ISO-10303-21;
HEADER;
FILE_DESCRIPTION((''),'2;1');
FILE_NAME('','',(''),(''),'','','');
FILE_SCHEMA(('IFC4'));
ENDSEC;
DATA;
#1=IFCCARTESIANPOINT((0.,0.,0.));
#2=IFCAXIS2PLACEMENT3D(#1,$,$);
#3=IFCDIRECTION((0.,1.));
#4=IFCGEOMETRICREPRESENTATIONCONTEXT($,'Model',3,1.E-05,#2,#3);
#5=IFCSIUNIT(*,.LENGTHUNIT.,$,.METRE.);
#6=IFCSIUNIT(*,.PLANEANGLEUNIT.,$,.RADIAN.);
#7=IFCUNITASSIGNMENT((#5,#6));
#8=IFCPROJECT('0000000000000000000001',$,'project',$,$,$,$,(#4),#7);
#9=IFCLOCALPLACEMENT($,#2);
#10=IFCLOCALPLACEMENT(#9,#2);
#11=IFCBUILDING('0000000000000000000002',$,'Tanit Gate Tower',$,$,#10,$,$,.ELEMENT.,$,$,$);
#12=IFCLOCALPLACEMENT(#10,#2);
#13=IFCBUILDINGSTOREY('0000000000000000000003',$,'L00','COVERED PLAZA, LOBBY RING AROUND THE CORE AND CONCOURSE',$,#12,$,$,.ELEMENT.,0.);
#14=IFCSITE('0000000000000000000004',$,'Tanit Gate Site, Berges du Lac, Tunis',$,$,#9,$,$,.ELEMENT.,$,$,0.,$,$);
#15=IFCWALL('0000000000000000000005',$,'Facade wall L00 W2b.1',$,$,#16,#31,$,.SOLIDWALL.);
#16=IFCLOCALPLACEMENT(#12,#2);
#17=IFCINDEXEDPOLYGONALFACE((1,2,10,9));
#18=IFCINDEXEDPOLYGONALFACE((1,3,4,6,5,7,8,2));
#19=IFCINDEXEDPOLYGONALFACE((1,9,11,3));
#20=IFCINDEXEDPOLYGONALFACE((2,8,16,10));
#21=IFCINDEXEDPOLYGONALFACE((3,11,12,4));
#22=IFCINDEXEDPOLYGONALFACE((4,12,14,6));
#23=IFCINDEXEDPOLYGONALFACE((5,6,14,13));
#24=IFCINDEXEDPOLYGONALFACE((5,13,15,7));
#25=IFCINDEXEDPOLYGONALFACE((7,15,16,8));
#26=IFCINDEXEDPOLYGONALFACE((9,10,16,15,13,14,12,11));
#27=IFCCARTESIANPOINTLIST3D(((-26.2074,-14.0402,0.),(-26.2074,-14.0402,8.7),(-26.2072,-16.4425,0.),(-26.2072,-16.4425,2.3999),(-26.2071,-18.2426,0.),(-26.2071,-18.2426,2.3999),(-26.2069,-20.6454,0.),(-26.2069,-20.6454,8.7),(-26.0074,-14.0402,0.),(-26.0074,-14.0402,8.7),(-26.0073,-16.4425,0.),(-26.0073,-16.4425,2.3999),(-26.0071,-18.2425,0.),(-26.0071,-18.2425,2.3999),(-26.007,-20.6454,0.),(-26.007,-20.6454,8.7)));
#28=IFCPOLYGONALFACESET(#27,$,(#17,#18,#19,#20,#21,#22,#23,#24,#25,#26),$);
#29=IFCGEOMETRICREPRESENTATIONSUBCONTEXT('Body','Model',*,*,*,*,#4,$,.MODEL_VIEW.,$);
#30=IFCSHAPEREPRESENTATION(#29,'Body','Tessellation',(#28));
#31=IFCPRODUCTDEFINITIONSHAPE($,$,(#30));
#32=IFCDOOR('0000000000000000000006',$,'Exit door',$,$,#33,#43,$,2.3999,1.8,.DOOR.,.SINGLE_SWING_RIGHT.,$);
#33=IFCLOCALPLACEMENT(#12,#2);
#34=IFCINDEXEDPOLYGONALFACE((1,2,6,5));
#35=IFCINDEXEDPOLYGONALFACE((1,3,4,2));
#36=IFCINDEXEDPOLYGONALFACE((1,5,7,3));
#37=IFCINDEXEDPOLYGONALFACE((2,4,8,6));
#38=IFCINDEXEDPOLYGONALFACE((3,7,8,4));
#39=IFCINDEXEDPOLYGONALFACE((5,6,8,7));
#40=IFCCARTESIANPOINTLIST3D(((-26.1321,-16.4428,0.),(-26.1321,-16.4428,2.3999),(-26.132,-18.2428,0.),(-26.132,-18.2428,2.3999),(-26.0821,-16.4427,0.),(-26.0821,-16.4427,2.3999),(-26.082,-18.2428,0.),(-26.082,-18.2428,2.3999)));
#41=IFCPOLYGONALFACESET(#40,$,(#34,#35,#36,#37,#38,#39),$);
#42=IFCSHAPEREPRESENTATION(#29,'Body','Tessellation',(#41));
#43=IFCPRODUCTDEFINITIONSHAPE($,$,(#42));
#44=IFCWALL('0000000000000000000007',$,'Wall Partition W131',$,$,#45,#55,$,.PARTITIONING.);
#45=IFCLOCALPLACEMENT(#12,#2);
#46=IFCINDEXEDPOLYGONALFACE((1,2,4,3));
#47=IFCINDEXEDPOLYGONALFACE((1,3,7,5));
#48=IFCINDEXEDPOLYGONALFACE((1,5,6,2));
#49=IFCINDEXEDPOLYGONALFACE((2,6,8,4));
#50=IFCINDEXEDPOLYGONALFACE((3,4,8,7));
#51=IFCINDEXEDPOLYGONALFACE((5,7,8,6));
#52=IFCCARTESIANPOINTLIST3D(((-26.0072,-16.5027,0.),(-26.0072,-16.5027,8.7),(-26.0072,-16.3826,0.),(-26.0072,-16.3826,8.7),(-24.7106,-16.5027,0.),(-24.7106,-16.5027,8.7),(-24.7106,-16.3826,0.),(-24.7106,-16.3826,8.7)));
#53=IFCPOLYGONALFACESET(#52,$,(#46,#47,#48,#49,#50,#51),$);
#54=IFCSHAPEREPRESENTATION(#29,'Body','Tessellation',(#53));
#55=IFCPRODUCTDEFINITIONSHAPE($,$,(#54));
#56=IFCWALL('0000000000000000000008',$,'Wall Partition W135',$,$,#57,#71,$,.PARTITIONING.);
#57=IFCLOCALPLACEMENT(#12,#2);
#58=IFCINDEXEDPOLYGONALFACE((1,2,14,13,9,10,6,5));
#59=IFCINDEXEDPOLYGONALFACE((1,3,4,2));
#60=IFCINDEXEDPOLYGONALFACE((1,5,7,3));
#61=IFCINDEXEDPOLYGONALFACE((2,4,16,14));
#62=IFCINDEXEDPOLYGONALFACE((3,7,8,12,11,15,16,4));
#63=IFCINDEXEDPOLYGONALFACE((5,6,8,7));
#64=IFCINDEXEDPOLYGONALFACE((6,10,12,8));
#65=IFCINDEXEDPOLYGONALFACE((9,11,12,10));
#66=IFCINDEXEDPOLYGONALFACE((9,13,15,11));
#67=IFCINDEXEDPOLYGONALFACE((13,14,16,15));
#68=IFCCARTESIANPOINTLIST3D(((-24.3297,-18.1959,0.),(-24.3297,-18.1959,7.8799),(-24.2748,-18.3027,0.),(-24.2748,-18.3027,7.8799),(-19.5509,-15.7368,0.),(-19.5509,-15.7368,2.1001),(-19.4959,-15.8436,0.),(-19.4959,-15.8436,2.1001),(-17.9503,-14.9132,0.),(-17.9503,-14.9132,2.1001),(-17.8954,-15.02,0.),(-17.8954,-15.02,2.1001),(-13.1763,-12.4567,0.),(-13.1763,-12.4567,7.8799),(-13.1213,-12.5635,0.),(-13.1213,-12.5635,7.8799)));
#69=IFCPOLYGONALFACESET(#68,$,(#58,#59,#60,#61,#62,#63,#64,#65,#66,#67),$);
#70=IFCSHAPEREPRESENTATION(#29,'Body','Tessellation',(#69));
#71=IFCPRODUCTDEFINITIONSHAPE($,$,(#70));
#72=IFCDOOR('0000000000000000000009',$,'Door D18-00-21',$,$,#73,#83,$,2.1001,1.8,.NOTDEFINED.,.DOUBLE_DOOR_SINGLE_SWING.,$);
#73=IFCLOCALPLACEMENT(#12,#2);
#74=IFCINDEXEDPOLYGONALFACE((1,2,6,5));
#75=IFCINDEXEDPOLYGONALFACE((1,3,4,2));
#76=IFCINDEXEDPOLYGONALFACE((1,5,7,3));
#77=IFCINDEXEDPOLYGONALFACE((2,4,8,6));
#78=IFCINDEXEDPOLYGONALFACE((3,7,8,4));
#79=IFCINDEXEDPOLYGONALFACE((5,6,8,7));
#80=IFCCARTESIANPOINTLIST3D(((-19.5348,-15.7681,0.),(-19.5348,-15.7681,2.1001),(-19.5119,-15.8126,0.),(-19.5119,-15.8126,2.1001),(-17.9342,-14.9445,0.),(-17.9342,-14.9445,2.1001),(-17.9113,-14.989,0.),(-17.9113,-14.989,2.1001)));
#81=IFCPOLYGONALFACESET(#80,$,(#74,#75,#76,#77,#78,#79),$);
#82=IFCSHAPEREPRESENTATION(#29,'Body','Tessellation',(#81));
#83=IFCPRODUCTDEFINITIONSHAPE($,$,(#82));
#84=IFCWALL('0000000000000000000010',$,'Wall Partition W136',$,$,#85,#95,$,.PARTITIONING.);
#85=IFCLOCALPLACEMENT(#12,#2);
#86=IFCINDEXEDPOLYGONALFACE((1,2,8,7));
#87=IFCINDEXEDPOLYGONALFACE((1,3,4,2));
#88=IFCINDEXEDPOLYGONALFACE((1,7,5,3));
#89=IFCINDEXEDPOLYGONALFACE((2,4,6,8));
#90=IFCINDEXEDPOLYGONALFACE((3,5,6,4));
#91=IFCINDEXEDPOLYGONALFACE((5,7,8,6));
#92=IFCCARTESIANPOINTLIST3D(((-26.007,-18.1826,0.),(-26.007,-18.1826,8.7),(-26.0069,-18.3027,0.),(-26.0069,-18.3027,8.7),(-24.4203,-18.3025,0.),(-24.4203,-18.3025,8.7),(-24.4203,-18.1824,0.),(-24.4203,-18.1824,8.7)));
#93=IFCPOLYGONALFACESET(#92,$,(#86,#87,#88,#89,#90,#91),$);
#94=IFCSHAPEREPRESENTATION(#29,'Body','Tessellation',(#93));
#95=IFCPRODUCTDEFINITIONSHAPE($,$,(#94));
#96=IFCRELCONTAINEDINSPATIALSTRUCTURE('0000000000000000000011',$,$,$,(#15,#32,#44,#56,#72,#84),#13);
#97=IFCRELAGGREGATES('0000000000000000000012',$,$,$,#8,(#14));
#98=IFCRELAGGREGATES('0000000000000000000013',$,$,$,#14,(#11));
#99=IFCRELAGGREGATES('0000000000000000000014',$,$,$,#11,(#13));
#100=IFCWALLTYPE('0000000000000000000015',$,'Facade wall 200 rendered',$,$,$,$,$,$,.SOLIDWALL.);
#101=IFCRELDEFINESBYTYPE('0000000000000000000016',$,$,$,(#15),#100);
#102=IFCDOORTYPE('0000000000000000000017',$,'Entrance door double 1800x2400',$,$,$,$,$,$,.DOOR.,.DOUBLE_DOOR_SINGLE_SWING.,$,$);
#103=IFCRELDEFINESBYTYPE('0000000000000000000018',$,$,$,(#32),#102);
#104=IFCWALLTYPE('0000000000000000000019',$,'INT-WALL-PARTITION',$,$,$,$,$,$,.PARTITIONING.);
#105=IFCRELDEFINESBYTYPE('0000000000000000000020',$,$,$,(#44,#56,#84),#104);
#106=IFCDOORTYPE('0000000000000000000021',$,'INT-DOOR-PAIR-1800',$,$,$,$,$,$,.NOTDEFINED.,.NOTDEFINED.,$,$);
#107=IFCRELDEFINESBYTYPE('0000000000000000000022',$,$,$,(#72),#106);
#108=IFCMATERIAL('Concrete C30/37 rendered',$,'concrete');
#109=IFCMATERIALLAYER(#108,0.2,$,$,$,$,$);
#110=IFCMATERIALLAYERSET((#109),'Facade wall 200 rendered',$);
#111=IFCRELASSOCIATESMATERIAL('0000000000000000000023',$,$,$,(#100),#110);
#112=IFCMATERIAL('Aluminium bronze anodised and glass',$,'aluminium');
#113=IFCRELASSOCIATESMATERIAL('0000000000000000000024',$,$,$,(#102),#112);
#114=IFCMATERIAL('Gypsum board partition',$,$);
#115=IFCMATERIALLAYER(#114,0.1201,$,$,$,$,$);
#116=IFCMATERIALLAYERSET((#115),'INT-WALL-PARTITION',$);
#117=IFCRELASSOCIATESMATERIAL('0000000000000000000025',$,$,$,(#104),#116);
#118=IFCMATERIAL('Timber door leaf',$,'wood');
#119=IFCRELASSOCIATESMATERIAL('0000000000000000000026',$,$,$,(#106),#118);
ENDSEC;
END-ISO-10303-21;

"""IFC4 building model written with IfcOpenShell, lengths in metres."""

from ifc_helpers import new_model, si_unit, direction, frame, frame_2d, origin, place, context, subcontext, project, spatial, rectangle, extrude, material, layer, layer_set, type_object, element, fill, save


model = new_model("IFC4")

# Units and contexts
model_context = context("Model", 3, precision=1e-05, world=origin(), true_north=direction((0.0, 1.0)))
body_context = subcontext(model_context, "Body", "Model", "MODEL_VIEW")
ifc_project = project(units=[si_unit("LENGTHUNIT", "METRE"), si_unit("PLANEANGLEUNIT", "RADIAN")], contexts=[model_context])

# Site, building, storey
site_placement = place(None, origin())
site = spatial("IfcSite", under=ifc_project, at=site_placement, Name="Tanit Gate Site, Berges du Lac, Tunis", CompositionType="ELEMENT", RefElevation=0.0)
building_placement = place(site_placement, origin())
building = spatial("IfcBuilding", under=site, at=building_placement, Name="Tanit Gate Tower", CompositionType="ELEMENT")
storey_placement = place(building_placement, origin())
storey = spatial("IfcBuildingStorey", under=building, at=storey_placement, Name="L00", Description="COVERED PLAZA, LOBBY RING AROUND THE CORE AND CONCOURSE", CompositionType="ELEMENT", Elevation=0.0)

# Wall, opening, door
ifc_material_1 = material(Name="Concrete C30/37 rendered", Category="concrete")
ifc_layer_1 = layer(ifc_material_1, 0.2)
ifc_layer_set_1 = layer_set([ifc_layer_1], Name="Facade wall 200 rendered")
wall_type_1 = type_object("IfcWallType", Name="Facade wall 200 rendered", PredefinedType="SOLIDWALL", material=ifc_layer_set_1)
wall_1_placement = place(storey_placement, frame((-26.1074, -14.04, 0.0), z_axis=(0.0, 0.0, 1.0), x_axis=(0.000074, -1.0, 0.0)))
wall_1 = element("IfcWall", 1, at=wall_1_placement, inside=storey, type_object=wall_type_1, Name="Facade wall L00 W2b.1", PredefinedType="SOLIDWALL", context=body_context, shape_type="SweptSolid", body=[
    extrude(rectangle(XDim=6.6052, YDim=0.2, at=frame_2d((3.3027, 0.0))), origin(), (0.0, 0.0, 1.0), 8.7),
])
opening_1_placement = place(wall_1_placement, frame((2.4026, 0.0, 0.0)))
opening_1 = element("IfcOpeningElement", 2, at=opening_1_placement, cuts=wall_1, PredefinedType="OPENING", context=body_context, shape_type="SweptSolid", body=[
    extrude(rectangle(XDim=1.8, YDim=2.3999, at=frame_2d((0.8999, 1.2))), frame((0.0, 0.1099, 0.0), z_axis=(0.0, -1.0, 0.0), x_axis=(1.0, 0.0, 0.0)), (0.0, 0.0, 1.0), 0.22),
])
ifc_material_2 = material(Name="Aluminium bronze anodised and glass", Category="aluminium")
door_type_1 = type_object("IfcDoorType", Name="Entrance door double 1800x2400", OperationType="DOUBLE_DOOR_SINGLE_SWING", PredefinedType="DOOR", material=ifc_material_2)
door_1_placement = place(opening_1_placement, frame((1.8, 0.0, 0.0), z_axis=(0.0, 0.0, 1.0), x_axis=(-1.0, 0.0, 0.0)))
door_1 = element("IfcDoor", 3, at=door_1_placement, inside=storey, type_object=door_type_1, Name="Exit door", OperationType="SINGLE_SWING_RIGHT", OverallHeight=2.3999, OverallWidth=1.8, PredefinedType="DOOR", context=body_context, shape_type="SweptSolid", body=[
    extrude(rectangle(XDim=1.8, YDim=2.3999, at=frame_2d((0.8999, 1.2))), frame((0.0, 0.0249, 0.0), z_axis=(0.0, -1.0, 0.0), x_axis=(1.0, 0.0, 0.0)), (0.0, 0.0, 1.0), 0.05),
])
fill(opening_1, door_1)

# Wall
ifc_material_3 = material(Name="Gypsum board partition")
ifc_layer_2 = layer(ifc_material_3, 0.1201)
ifc_layer_set_2 = layer_set([ifc_layer_2], Name="INT-WALL-PARTITION")
wall_type_2 = type_object("IfcWallType", Name="INT-WALL-PARTITION", PredefinedType="PARTITIONING", material=ifc_layer_set_2)
wall_2_placement = place(storey_placement, frame((-26.0073, -16.4426, 0.0), z_axis=(0.0, 0.0, 1.0), x_axis=(1.0, 0.0, 0.0)))
element("IfcWall", 4, at=wall_2_placement, inside=storey, type_object=wall_type_2, Name="Wall Partition W131", PredefinedType="PARTITIONING", context=body_context, shape_type="SweptSolid", body=[
    extrude(rectangle(XDim=1.2966, YDim=0.1201, at=frame_2d((0.6484, 0.0))), origin(), (0.0, 0.0, 1.0), 8.7),
])

# Wall, opening, door
wall_3_placement = place(storey_placement, frame((-24.3022, -18.2493, 0.0), z_axis=(0.0, 0.0, 1.0), x_axis=(0.889186, 0.457546, 0.0)))
wall_3 = element("IfcWall", 5, at=wall_3_placement, inside=storey, type_object=wall_type_2, Name="Wall Partition W135", PredefinedType="PARTITIONING", context=body_context, shape_type="SweptSolid", body=[
    extrude(rectangle(XDim=12.5435, YDim=0.1201, at=frame_2d((6.2717, 0.0))), origin(), (0.0, 0.0, 1.0), 7.8799),
])
opening_2_placement = place(wall_3_placement, frame((5.3745, 0.0, 0.0)))
opening_2 = element("IfcOpeningElement", 6, at=opening_2_placement, cuts=wall_3, PredefinedType="OPENING", context=body_context, shape_type="SweptSolid", body=[
    extrude(rectangle(XDim=1.8, YDim=2.1001, at=frame_2d((0.8999, 1.05))), frame((0.0, 0.0701, 0.0), z_axis=(0.0, -1.0, 0.0), x_axis=(1.0, 0.0, 0.0)), (0.0, 0.0, 1.0), 0.1401),
])
ifc_material_4 = material(Name="Timber door leaf", Category="wood")
door_type_2 = type_object("IfcDoorType", Name="INT-DOOR-PAIR-1800", OperationType="NOTDEFINED", PredefinedType="NOTDEFINED", material=ifc_material_4)
door_2_placement = place(opening_2_placement, origin())
door_2 = element("IfcDoor", 7, at=door_2_placement, inside=storey, type_object=door_type_2, Name="Door D18-00-21", OperationType="DOUBLE_DOOR_SINGLE_SWING", OverallHeight=2.1001, OverallWidth=1.8, PredefinedType="NOTDEFINED", context=body_context, shape_type="SweptSolid", body=[
    extrude(rectangle(XDim=1.8, YDim=2.1001, at=frame_2d((0.8999, 1.05))), frame((0.0, 0.0249, 0.0), z_axis=(0.0, -1.0, 0.0), x_axis=(1.0, 0.0, 0.0)), (0.0, 0.0, 1.0), 0.05),
])
fill(opening_2, door_2)

# Wall
wall_4_placement = place(storey_placement, frame((-26.0071, -18.2427, 0.0), z_axis=(0.0, 0.0, 1.0), x_axis=(1.0, 0.000154, 0.0)))
element("IfcWall", 8, at=wall_4_placement, inside=storey, type_object=wall_type_2, Name="Wall Partition W136", PredefinedType="PARTITIONING", context=body_context, shape_type="SweptSolid", body=[
    extrude(rectangle(XDim=1.5867, YDim=0.1201, at=frame_2d((0.7935, 0.0))), origin(), (0.0, 0.0, 1.0), 8.7),
])

save(model, "model.ifc")
